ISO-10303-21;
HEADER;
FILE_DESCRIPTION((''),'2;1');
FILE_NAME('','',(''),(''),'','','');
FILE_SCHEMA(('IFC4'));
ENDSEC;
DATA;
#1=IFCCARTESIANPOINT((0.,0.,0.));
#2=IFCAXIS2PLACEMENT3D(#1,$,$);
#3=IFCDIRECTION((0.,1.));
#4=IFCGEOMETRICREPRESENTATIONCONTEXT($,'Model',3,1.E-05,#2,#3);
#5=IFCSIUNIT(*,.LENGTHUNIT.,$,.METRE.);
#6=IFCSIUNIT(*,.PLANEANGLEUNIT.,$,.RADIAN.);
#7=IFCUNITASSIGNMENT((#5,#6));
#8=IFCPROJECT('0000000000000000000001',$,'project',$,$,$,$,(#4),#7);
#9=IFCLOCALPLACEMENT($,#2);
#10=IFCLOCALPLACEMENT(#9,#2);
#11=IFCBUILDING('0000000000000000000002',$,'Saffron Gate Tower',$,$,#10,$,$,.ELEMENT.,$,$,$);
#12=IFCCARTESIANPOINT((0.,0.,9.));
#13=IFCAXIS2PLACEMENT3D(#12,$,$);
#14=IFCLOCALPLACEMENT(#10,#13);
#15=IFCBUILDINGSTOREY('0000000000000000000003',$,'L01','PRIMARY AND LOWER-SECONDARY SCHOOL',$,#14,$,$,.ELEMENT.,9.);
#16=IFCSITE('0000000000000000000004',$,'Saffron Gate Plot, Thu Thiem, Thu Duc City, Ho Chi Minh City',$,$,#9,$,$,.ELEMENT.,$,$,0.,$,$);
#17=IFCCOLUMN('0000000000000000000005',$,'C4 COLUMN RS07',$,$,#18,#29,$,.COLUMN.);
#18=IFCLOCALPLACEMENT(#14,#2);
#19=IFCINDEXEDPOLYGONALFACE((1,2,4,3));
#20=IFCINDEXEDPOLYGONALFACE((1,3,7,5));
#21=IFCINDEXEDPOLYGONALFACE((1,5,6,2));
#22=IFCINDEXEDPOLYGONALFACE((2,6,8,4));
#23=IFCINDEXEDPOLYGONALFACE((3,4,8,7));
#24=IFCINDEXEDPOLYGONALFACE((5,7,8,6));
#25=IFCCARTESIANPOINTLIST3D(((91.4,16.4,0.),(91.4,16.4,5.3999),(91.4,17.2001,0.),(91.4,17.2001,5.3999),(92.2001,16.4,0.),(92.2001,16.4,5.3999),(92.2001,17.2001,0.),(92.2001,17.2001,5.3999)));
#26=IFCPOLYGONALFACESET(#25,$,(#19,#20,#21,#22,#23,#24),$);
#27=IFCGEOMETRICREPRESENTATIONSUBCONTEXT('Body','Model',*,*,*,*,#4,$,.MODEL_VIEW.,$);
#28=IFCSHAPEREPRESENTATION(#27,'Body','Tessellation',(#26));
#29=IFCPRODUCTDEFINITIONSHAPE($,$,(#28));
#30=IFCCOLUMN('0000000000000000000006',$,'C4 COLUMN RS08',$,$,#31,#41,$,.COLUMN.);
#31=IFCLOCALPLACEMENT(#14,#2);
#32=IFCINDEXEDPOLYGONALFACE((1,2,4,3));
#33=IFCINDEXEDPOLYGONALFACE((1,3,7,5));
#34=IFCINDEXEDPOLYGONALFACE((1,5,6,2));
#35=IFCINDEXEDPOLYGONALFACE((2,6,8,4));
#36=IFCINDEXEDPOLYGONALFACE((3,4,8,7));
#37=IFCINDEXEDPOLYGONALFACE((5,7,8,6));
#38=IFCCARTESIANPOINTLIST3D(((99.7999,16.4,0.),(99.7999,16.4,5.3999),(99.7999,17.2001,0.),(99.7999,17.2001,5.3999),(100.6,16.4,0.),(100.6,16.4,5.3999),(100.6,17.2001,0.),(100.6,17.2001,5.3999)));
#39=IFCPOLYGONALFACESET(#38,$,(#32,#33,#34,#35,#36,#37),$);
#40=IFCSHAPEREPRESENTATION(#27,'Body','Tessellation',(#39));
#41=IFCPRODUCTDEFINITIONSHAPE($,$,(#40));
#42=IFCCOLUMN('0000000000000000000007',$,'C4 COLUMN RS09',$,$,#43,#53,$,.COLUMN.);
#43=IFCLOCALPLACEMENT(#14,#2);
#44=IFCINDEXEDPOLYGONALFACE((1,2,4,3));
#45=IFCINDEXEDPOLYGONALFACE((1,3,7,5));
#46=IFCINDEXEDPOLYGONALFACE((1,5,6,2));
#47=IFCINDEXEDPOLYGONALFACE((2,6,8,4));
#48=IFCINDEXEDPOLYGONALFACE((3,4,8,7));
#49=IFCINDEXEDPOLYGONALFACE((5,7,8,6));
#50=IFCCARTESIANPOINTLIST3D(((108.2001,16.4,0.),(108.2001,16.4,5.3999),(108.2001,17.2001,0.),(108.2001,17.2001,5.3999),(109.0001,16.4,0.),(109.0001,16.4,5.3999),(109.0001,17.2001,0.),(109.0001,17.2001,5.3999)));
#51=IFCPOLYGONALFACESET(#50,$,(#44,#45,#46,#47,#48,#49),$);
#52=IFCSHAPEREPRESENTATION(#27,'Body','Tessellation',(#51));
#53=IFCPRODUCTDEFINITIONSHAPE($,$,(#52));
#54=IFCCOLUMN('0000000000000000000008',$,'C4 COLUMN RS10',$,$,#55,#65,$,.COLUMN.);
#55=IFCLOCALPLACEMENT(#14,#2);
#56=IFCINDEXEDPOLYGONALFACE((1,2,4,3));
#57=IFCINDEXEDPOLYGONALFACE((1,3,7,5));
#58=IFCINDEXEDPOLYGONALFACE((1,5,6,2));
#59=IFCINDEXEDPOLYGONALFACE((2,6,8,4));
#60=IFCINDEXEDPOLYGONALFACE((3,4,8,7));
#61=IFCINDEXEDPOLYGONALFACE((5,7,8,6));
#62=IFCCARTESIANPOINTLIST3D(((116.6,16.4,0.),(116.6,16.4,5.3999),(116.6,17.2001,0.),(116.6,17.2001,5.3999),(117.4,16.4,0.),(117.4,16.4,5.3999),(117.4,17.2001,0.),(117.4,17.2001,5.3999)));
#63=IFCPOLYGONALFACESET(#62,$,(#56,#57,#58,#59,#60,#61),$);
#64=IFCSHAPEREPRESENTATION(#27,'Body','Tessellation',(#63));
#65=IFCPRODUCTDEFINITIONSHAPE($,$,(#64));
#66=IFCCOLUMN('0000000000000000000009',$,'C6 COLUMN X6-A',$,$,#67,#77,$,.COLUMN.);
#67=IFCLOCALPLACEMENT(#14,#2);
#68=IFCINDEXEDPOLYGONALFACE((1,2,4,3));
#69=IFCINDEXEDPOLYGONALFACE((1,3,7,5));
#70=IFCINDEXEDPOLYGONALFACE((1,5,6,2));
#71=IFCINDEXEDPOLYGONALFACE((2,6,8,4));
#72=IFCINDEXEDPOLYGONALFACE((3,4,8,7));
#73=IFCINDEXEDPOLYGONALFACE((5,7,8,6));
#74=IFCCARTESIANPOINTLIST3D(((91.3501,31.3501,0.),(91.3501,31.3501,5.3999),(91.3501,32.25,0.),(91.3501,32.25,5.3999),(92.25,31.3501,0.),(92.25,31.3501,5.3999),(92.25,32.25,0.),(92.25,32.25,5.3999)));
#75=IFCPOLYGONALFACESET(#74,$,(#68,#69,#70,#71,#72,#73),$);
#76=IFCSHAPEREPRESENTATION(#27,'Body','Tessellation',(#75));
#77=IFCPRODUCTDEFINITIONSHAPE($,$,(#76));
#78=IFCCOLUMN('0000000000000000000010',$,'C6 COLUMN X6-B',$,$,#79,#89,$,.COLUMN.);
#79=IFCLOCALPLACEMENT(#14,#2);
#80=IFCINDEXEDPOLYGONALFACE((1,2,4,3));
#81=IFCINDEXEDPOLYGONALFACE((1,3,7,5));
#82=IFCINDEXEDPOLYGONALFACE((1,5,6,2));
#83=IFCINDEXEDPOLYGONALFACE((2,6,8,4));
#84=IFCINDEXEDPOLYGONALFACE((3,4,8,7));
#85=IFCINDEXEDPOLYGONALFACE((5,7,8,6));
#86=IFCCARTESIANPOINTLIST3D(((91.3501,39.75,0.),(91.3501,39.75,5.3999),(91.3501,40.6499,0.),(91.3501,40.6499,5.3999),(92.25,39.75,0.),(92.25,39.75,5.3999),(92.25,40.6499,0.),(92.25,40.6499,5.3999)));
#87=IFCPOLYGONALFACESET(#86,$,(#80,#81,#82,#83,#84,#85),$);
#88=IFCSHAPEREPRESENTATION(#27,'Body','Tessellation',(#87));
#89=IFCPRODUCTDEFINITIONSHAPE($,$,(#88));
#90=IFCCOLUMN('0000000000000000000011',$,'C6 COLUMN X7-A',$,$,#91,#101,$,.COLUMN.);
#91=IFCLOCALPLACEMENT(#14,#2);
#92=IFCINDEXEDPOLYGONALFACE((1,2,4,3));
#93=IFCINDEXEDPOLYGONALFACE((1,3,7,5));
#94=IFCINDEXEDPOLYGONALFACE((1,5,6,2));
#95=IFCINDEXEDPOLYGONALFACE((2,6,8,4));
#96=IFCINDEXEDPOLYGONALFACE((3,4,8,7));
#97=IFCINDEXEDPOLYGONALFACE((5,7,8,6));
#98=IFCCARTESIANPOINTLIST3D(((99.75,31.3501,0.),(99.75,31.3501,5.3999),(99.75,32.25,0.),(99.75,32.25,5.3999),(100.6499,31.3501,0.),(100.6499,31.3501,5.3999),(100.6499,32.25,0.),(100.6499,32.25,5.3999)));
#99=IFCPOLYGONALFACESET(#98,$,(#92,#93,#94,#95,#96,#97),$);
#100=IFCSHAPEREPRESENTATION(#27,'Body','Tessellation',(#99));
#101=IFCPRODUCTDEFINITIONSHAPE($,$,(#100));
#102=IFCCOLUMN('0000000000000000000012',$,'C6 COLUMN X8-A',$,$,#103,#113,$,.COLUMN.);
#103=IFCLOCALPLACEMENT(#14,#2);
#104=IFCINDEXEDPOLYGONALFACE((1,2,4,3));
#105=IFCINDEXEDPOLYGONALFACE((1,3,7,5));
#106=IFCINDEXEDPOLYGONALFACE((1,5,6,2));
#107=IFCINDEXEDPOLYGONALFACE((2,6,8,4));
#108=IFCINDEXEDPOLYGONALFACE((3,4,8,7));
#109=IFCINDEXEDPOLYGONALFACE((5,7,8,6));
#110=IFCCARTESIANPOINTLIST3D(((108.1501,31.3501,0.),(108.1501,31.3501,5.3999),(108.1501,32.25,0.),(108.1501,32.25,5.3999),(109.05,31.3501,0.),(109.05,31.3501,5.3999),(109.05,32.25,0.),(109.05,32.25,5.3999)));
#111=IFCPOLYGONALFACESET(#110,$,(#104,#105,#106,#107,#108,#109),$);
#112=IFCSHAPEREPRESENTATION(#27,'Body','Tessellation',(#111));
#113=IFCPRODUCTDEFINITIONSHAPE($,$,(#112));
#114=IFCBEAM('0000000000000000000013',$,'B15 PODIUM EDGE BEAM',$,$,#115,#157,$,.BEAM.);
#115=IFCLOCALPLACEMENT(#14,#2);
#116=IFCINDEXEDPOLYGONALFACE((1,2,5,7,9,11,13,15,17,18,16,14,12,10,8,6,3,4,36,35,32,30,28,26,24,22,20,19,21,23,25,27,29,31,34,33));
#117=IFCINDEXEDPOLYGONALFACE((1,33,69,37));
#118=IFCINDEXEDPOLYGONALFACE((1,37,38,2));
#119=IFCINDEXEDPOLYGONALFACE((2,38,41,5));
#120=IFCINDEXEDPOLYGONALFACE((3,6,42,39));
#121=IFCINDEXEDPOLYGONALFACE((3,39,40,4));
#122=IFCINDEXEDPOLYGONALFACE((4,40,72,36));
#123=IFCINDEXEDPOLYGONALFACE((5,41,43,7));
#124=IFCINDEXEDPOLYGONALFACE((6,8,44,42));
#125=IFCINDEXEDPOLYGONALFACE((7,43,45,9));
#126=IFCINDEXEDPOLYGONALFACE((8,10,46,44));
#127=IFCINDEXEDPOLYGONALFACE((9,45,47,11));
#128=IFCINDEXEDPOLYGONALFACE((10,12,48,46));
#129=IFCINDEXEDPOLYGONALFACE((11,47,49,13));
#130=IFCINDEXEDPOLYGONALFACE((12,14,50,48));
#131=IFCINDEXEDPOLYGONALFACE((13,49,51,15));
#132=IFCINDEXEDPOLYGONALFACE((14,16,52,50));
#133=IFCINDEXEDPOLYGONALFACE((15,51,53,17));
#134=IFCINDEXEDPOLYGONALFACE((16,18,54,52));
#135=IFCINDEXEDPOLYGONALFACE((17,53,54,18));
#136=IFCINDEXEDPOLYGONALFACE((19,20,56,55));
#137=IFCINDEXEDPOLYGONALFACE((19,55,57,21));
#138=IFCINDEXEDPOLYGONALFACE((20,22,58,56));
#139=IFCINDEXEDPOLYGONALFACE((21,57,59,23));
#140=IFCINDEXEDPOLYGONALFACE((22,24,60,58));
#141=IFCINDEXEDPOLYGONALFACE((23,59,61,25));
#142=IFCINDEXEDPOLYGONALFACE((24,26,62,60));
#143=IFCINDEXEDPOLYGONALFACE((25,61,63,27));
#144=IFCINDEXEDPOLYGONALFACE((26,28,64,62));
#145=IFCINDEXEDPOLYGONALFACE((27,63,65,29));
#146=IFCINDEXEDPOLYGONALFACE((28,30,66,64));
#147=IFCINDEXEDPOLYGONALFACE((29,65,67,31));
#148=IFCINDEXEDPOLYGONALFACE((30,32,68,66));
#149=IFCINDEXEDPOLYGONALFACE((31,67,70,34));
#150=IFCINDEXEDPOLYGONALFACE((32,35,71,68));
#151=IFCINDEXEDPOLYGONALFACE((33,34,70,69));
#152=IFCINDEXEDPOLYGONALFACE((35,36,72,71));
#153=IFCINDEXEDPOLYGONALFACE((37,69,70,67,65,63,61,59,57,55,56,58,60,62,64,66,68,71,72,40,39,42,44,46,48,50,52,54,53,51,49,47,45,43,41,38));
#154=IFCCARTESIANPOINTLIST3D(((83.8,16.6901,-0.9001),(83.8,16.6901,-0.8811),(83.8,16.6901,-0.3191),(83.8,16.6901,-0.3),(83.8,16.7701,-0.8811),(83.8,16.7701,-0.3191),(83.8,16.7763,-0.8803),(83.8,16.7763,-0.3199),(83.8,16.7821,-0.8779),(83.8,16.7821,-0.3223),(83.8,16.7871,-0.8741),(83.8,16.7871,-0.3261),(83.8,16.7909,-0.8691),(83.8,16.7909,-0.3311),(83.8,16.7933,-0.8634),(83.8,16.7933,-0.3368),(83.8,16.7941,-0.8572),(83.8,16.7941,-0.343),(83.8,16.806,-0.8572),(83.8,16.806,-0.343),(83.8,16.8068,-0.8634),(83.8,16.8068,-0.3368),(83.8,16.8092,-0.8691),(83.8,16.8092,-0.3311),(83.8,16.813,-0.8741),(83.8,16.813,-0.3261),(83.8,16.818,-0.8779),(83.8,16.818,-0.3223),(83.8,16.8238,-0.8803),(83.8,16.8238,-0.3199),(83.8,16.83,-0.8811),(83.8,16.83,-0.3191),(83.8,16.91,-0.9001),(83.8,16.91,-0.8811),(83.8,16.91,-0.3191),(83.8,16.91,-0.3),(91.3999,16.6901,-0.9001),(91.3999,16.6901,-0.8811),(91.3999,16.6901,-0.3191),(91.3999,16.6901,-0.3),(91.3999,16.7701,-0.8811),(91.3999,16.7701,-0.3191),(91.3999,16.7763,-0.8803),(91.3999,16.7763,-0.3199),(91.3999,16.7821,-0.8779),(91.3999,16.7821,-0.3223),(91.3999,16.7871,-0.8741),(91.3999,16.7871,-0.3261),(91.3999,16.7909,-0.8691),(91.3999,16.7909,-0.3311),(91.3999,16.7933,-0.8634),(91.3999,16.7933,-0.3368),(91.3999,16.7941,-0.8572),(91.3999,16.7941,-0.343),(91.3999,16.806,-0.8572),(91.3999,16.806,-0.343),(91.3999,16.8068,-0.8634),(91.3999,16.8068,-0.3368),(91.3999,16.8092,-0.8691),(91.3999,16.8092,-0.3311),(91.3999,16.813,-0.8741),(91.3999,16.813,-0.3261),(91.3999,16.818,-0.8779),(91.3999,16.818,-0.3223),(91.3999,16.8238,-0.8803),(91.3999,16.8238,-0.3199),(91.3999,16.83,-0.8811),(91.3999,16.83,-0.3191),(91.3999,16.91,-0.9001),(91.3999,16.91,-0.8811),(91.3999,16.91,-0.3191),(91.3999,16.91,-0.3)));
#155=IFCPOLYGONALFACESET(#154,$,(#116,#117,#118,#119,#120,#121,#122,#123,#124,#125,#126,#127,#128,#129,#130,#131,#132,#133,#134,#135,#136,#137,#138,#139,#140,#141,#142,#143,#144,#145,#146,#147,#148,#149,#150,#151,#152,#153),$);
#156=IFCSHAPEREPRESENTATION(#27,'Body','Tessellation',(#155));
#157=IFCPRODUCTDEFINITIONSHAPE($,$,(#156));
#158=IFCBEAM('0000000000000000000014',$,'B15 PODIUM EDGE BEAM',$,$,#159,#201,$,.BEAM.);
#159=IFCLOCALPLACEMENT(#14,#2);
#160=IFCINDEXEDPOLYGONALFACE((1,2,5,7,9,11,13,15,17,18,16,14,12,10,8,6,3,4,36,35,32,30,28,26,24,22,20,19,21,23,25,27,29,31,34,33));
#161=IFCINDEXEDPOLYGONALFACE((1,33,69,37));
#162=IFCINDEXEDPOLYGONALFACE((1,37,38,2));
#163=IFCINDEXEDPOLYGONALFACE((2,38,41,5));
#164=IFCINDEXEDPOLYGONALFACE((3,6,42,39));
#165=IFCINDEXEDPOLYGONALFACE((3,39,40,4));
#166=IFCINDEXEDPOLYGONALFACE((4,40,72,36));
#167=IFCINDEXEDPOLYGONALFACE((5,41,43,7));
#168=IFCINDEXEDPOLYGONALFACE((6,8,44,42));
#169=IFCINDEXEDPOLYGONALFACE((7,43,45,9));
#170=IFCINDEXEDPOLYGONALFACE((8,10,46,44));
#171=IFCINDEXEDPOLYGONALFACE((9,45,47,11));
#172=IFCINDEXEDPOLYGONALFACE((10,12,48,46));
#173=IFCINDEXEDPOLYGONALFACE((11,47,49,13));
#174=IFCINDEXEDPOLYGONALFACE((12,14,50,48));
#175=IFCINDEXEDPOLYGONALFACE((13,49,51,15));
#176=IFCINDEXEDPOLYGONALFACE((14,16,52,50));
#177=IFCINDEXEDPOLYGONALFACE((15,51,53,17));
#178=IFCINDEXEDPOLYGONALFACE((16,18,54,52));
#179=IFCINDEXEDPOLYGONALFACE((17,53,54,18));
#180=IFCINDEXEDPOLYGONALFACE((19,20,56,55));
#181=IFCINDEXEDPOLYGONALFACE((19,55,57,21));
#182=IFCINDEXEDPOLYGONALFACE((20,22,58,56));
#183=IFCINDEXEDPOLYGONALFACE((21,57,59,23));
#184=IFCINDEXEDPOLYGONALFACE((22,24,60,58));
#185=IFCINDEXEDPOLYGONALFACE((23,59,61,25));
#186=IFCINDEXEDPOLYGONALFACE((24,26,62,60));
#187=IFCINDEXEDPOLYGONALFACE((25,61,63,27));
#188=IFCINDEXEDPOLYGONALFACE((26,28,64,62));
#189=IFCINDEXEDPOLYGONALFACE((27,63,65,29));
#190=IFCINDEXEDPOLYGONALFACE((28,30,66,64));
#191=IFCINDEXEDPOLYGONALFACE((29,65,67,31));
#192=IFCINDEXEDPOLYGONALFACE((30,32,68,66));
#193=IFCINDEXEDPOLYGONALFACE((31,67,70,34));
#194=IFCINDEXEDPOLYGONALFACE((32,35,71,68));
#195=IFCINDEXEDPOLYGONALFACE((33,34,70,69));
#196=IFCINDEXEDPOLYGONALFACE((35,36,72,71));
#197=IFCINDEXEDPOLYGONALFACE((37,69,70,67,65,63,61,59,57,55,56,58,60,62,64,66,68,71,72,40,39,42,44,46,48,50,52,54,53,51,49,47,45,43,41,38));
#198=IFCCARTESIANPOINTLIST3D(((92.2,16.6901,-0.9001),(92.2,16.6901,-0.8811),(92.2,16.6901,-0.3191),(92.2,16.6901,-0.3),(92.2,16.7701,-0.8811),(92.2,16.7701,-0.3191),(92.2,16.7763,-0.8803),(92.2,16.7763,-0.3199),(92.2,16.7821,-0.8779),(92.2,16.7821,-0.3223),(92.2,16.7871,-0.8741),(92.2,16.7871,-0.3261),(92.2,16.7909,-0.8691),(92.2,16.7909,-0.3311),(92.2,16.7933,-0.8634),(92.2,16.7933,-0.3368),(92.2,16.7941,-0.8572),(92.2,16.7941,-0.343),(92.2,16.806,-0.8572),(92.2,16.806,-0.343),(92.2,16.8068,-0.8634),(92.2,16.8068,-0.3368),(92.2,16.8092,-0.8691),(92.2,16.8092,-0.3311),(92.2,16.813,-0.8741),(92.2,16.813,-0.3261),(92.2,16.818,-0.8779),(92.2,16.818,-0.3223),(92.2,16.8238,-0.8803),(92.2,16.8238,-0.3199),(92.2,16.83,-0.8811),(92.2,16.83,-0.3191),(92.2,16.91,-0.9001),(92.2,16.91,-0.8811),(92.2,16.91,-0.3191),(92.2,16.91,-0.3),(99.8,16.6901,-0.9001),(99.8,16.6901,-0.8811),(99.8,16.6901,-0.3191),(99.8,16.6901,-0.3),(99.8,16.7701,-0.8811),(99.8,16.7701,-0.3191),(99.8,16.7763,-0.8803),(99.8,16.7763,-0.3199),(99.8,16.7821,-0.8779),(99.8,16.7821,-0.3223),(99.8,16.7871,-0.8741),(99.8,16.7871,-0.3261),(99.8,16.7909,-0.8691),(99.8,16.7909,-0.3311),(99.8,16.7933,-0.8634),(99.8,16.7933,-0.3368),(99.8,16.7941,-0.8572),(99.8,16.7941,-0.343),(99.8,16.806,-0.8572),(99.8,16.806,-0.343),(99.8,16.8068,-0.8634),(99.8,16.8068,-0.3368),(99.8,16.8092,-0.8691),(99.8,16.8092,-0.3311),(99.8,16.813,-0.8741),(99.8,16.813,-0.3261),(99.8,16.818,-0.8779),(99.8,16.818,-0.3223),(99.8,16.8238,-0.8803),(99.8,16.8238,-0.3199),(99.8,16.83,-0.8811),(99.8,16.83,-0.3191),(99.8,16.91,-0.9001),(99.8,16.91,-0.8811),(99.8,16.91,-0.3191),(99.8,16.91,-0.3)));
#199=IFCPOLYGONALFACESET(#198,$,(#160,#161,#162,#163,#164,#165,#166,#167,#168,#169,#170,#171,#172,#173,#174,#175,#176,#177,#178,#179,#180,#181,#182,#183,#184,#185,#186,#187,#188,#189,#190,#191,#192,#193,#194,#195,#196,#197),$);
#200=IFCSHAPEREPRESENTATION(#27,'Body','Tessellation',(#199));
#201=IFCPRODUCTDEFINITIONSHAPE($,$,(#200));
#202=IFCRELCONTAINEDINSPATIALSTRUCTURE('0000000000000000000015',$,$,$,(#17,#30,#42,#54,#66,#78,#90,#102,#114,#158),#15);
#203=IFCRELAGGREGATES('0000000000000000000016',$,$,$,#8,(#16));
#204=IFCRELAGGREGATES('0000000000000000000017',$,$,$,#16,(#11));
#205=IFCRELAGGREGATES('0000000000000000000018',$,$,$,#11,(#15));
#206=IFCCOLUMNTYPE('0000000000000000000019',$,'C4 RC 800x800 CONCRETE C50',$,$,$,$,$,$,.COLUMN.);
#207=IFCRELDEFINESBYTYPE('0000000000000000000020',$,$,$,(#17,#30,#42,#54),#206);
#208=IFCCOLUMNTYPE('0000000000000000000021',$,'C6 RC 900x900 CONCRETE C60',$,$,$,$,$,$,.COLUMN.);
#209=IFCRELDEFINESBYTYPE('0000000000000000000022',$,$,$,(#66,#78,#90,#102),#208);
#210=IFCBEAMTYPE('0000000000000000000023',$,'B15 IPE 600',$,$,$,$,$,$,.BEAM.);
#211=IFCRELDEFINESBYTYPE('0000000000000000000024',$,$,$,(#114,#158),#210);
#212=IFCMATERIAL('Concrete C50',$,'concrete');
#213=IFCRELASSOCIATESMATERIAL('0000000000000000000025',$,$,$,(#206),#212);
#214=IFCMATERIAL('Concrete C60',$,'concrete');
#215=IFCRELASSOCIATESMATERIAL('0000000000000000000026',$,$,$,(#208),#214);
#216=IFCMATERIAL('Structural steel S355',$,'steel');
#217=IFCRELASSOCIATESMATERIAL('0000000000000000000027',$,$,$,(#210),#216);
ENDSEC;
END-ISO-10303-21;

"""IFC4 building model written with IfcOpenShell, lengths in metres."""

from ifc_helpers import new_model, si_unit, direction, frame, origin, origin_2d, place, context, subcontext, project, spatial, rectangle, i_section, extrude, material, material_profile, profile_set, type_object, element, save


model = new_model("IFC4")

# Units and contexts
model_context = context("Model", 3, precision=1e-05, world=origin(), true_north=direction((0.0, 1.0)))
body_context = subcontext(model_context, "Body", "Model", "MODEL_VIEW")
ifc_project = project(units=[si_unit("LENGTHUNIT", "METRE"), si_unit("PLANEANGLEUNIT", "RADIAN")], contexts=[model_context])

# Site, building, storey
site_placement = place(None, origin())
site = spatial("IfcSite", under=ifc_project, at=site_placement, Name="Saffron Gate Plot, Thu Thiem, Thu Duc City, Ho Chi Minh City", CompositionType="ELEMENT", RefElevation=0.0)
building_placement = place(site_placement, origin())
building = spatial("IfcBuilding", under=site, at=building_placement, Name="Saffron Gate Tower", CompositionType="ELEMENT")
storey_placement = place(building_placement, frame((0.0, 0.0, 9.0)))
storey = spatial("IfcBuildingStorey", under=building, at=storey_placement, Name="L01", Description="PRIMARY AND LOWER-SECONDARY SCHOOL", CompositionType="ELEMENT", Elevation=9.0)

# Columns
ifc_material_1 = material(Name="Concrete C50", Category="concrete")
ifc_material_profile_1 = material_profile(ifc_material_1, rectangle(XDim=0.8, YDim=0.8, at=origin_2d()))
ifc_profile_set_1 = profile_set([ifc_material_profile_1], Name="Concrete C50")
column_type_1 = type_object("IfcColumnType", Name="C4 RC 800x800 CONCRETE C50", PredefinedType="COLUMN", material=ifc_profile_set_1)
for number, where, z_axis, x_axis, name in (
    (1, (91.8, 16.8, 0.0), (0.0, 0.0, 1.0), (1.0, 0.0, 0.0), "C4 COLUMN RS07"),
    (2, (100.2, 16.8, 0.0), (0.0, 0.0, 1.0), (1.0, 0.0, 0.0), "C4 COLUMN RS08"),
    (3, (108.6001, 16.8, 0.0), (0.0, 0.0, 1.0), (1.0, 0.0, 0.0), "C4 COLUMN RS09"),
    (4, (117.0, 16.8, 0.0), (0.0, 0.0, 1.0), (1.0, 0.0, 0.0), "C4 COLUMN RS10"),
):
    element("IfcColumn", number, at=place(storey_placement, frame(where, z_axis=z_axis, x_axis=x_axis)), inside=storey, type_object=column_type_1, Name=name, PredefinedType="COLUMN", context=body_context, shape_type="SweptSolid", body=[
        extrude(rectangle(XDim=0.8, YDim=0.8, at=origin_2d()), origin(), (0.0, 0.0, 1.0), 5.3999),
    ])
ifc_material_2 = material(Name="Concrete C60", Category="concrete")
ifc_material_profile_2 = material_profile(ifc_material_2, rectangle(XDim=0.8999, YDim=0.8999, at=origin_2d()))
ifc_profile_set_2 = profile_set([ifc_material_profile_2], Name="Concrete C60")
column_type_2 = type_object("IfcColumnType", Name="C6 RC 900x900 CONCRETE C60", PredefinedType="COLUMN", material=ifc_profile_set_2)
for number, where, z_axis, x_axis, name in (
    (5, (91.8, 31.8, 0.0), (0.0, 0.0, 1.0), (1.0, 0.0, 0.0), "C6 COLUMN X6-A"),
    (6, (91.8, 40.2, 0.0), (0.0, 0.0, 1.0), (1.0, 0.0, 0.0), "C6 COLUMN X6-B"),
    (7, (100.2, 31.8, 0.0), (0.0, 0.0, 1.0), (1.0, 0.0, 0.0), "C6 COLUMN X7-A"),
    (8, (108.6001, 31.8, 0.0), (0.0, 0.0, 1.0), (1.0, 0.0, 0.0), "C6 COLUMN X8-A"),
):
    element("IfcColumn", number, at=place(storey_placement, frame(where, z_axis=z_axis, x_axis=x_axis)), inside=storey, type_object=column_type_2, Name=name, PredefinedType="COLUMN", context=body_context, shape_type="SweptSolid", body=[
        extrude(rectangle(XDim=0.8999, YDim=0.8999, at=origin_2d()), origin(), (0.0, 0.0, 1.0), 5.3999),
    ])

# Beams
ifc_material_3 = material(Name="Structural steel S355", Category="steel")
ifc_material_profile_3 = material_profile(ifc_material_3, i_section(OverallWidth=0.22, OverallDepth=0.6001, WebThickness=0.012, FlangeThickness=0.019, FilletRadius=0.0239, at=origin_2d()))
ifc_profile_set_3 = profile_set([ifc_material_profile_3], Name="Structural steel S355")
beam_type_1 = type_object("IfcBeamType", Name="B15 IPE 600", PredefinedType="BEAM", material=ifc_profile_set_3)
beam_1_placement = place(storey_placement, frame((83.8, 16.8, -0.6001), z_axis=(1.0, 0.0, 0.0), x_axis=(0.0, 1.0, 0.0)))
element("IfcBeam", 9, at=beam_1_placement, inside=storey, type_object=beam_type_1, Name="B15 PODIUM EDGE BEAM", PredefinedType="BEAM", context=body_context, shape_type="SweptSolid", body=[
    extrude(i_section(OverallWidth=0.22, OverallDepth=0.6001, WebThickness=0.012, FlangeThickness=0.019, FilletRadius=0.0239, at=origin_2d()), origin(), (0.0, 0.0, 1.0), 7.5999),
])
beam_2_placement = place(storey_placement, frame((92.2, 16.8, -0.6001), z_axis=(1.0, 0.0, 0.0), x_axis=(0.0, 1.0, 0.0)))
element("IfcBeam", 10, at=beam_2_placement, inside=storey, type_object=beam_type_1, Name="B15 PODIUM EDGE BEAM", PredefinedType="BEAM", context=body_context, shape_type="SweptSolid", body=[
    extrude(i_section(OverallWidth=0.22, OverallDepth=0.6001, WebThickness=0.012, FlangeThickness=0.019, FilletRadius=0.0239, at=origin_2d()), origin(), (0.0, 0.0, 1.0), 7.6001),
])

save(model, "model.ifc")
